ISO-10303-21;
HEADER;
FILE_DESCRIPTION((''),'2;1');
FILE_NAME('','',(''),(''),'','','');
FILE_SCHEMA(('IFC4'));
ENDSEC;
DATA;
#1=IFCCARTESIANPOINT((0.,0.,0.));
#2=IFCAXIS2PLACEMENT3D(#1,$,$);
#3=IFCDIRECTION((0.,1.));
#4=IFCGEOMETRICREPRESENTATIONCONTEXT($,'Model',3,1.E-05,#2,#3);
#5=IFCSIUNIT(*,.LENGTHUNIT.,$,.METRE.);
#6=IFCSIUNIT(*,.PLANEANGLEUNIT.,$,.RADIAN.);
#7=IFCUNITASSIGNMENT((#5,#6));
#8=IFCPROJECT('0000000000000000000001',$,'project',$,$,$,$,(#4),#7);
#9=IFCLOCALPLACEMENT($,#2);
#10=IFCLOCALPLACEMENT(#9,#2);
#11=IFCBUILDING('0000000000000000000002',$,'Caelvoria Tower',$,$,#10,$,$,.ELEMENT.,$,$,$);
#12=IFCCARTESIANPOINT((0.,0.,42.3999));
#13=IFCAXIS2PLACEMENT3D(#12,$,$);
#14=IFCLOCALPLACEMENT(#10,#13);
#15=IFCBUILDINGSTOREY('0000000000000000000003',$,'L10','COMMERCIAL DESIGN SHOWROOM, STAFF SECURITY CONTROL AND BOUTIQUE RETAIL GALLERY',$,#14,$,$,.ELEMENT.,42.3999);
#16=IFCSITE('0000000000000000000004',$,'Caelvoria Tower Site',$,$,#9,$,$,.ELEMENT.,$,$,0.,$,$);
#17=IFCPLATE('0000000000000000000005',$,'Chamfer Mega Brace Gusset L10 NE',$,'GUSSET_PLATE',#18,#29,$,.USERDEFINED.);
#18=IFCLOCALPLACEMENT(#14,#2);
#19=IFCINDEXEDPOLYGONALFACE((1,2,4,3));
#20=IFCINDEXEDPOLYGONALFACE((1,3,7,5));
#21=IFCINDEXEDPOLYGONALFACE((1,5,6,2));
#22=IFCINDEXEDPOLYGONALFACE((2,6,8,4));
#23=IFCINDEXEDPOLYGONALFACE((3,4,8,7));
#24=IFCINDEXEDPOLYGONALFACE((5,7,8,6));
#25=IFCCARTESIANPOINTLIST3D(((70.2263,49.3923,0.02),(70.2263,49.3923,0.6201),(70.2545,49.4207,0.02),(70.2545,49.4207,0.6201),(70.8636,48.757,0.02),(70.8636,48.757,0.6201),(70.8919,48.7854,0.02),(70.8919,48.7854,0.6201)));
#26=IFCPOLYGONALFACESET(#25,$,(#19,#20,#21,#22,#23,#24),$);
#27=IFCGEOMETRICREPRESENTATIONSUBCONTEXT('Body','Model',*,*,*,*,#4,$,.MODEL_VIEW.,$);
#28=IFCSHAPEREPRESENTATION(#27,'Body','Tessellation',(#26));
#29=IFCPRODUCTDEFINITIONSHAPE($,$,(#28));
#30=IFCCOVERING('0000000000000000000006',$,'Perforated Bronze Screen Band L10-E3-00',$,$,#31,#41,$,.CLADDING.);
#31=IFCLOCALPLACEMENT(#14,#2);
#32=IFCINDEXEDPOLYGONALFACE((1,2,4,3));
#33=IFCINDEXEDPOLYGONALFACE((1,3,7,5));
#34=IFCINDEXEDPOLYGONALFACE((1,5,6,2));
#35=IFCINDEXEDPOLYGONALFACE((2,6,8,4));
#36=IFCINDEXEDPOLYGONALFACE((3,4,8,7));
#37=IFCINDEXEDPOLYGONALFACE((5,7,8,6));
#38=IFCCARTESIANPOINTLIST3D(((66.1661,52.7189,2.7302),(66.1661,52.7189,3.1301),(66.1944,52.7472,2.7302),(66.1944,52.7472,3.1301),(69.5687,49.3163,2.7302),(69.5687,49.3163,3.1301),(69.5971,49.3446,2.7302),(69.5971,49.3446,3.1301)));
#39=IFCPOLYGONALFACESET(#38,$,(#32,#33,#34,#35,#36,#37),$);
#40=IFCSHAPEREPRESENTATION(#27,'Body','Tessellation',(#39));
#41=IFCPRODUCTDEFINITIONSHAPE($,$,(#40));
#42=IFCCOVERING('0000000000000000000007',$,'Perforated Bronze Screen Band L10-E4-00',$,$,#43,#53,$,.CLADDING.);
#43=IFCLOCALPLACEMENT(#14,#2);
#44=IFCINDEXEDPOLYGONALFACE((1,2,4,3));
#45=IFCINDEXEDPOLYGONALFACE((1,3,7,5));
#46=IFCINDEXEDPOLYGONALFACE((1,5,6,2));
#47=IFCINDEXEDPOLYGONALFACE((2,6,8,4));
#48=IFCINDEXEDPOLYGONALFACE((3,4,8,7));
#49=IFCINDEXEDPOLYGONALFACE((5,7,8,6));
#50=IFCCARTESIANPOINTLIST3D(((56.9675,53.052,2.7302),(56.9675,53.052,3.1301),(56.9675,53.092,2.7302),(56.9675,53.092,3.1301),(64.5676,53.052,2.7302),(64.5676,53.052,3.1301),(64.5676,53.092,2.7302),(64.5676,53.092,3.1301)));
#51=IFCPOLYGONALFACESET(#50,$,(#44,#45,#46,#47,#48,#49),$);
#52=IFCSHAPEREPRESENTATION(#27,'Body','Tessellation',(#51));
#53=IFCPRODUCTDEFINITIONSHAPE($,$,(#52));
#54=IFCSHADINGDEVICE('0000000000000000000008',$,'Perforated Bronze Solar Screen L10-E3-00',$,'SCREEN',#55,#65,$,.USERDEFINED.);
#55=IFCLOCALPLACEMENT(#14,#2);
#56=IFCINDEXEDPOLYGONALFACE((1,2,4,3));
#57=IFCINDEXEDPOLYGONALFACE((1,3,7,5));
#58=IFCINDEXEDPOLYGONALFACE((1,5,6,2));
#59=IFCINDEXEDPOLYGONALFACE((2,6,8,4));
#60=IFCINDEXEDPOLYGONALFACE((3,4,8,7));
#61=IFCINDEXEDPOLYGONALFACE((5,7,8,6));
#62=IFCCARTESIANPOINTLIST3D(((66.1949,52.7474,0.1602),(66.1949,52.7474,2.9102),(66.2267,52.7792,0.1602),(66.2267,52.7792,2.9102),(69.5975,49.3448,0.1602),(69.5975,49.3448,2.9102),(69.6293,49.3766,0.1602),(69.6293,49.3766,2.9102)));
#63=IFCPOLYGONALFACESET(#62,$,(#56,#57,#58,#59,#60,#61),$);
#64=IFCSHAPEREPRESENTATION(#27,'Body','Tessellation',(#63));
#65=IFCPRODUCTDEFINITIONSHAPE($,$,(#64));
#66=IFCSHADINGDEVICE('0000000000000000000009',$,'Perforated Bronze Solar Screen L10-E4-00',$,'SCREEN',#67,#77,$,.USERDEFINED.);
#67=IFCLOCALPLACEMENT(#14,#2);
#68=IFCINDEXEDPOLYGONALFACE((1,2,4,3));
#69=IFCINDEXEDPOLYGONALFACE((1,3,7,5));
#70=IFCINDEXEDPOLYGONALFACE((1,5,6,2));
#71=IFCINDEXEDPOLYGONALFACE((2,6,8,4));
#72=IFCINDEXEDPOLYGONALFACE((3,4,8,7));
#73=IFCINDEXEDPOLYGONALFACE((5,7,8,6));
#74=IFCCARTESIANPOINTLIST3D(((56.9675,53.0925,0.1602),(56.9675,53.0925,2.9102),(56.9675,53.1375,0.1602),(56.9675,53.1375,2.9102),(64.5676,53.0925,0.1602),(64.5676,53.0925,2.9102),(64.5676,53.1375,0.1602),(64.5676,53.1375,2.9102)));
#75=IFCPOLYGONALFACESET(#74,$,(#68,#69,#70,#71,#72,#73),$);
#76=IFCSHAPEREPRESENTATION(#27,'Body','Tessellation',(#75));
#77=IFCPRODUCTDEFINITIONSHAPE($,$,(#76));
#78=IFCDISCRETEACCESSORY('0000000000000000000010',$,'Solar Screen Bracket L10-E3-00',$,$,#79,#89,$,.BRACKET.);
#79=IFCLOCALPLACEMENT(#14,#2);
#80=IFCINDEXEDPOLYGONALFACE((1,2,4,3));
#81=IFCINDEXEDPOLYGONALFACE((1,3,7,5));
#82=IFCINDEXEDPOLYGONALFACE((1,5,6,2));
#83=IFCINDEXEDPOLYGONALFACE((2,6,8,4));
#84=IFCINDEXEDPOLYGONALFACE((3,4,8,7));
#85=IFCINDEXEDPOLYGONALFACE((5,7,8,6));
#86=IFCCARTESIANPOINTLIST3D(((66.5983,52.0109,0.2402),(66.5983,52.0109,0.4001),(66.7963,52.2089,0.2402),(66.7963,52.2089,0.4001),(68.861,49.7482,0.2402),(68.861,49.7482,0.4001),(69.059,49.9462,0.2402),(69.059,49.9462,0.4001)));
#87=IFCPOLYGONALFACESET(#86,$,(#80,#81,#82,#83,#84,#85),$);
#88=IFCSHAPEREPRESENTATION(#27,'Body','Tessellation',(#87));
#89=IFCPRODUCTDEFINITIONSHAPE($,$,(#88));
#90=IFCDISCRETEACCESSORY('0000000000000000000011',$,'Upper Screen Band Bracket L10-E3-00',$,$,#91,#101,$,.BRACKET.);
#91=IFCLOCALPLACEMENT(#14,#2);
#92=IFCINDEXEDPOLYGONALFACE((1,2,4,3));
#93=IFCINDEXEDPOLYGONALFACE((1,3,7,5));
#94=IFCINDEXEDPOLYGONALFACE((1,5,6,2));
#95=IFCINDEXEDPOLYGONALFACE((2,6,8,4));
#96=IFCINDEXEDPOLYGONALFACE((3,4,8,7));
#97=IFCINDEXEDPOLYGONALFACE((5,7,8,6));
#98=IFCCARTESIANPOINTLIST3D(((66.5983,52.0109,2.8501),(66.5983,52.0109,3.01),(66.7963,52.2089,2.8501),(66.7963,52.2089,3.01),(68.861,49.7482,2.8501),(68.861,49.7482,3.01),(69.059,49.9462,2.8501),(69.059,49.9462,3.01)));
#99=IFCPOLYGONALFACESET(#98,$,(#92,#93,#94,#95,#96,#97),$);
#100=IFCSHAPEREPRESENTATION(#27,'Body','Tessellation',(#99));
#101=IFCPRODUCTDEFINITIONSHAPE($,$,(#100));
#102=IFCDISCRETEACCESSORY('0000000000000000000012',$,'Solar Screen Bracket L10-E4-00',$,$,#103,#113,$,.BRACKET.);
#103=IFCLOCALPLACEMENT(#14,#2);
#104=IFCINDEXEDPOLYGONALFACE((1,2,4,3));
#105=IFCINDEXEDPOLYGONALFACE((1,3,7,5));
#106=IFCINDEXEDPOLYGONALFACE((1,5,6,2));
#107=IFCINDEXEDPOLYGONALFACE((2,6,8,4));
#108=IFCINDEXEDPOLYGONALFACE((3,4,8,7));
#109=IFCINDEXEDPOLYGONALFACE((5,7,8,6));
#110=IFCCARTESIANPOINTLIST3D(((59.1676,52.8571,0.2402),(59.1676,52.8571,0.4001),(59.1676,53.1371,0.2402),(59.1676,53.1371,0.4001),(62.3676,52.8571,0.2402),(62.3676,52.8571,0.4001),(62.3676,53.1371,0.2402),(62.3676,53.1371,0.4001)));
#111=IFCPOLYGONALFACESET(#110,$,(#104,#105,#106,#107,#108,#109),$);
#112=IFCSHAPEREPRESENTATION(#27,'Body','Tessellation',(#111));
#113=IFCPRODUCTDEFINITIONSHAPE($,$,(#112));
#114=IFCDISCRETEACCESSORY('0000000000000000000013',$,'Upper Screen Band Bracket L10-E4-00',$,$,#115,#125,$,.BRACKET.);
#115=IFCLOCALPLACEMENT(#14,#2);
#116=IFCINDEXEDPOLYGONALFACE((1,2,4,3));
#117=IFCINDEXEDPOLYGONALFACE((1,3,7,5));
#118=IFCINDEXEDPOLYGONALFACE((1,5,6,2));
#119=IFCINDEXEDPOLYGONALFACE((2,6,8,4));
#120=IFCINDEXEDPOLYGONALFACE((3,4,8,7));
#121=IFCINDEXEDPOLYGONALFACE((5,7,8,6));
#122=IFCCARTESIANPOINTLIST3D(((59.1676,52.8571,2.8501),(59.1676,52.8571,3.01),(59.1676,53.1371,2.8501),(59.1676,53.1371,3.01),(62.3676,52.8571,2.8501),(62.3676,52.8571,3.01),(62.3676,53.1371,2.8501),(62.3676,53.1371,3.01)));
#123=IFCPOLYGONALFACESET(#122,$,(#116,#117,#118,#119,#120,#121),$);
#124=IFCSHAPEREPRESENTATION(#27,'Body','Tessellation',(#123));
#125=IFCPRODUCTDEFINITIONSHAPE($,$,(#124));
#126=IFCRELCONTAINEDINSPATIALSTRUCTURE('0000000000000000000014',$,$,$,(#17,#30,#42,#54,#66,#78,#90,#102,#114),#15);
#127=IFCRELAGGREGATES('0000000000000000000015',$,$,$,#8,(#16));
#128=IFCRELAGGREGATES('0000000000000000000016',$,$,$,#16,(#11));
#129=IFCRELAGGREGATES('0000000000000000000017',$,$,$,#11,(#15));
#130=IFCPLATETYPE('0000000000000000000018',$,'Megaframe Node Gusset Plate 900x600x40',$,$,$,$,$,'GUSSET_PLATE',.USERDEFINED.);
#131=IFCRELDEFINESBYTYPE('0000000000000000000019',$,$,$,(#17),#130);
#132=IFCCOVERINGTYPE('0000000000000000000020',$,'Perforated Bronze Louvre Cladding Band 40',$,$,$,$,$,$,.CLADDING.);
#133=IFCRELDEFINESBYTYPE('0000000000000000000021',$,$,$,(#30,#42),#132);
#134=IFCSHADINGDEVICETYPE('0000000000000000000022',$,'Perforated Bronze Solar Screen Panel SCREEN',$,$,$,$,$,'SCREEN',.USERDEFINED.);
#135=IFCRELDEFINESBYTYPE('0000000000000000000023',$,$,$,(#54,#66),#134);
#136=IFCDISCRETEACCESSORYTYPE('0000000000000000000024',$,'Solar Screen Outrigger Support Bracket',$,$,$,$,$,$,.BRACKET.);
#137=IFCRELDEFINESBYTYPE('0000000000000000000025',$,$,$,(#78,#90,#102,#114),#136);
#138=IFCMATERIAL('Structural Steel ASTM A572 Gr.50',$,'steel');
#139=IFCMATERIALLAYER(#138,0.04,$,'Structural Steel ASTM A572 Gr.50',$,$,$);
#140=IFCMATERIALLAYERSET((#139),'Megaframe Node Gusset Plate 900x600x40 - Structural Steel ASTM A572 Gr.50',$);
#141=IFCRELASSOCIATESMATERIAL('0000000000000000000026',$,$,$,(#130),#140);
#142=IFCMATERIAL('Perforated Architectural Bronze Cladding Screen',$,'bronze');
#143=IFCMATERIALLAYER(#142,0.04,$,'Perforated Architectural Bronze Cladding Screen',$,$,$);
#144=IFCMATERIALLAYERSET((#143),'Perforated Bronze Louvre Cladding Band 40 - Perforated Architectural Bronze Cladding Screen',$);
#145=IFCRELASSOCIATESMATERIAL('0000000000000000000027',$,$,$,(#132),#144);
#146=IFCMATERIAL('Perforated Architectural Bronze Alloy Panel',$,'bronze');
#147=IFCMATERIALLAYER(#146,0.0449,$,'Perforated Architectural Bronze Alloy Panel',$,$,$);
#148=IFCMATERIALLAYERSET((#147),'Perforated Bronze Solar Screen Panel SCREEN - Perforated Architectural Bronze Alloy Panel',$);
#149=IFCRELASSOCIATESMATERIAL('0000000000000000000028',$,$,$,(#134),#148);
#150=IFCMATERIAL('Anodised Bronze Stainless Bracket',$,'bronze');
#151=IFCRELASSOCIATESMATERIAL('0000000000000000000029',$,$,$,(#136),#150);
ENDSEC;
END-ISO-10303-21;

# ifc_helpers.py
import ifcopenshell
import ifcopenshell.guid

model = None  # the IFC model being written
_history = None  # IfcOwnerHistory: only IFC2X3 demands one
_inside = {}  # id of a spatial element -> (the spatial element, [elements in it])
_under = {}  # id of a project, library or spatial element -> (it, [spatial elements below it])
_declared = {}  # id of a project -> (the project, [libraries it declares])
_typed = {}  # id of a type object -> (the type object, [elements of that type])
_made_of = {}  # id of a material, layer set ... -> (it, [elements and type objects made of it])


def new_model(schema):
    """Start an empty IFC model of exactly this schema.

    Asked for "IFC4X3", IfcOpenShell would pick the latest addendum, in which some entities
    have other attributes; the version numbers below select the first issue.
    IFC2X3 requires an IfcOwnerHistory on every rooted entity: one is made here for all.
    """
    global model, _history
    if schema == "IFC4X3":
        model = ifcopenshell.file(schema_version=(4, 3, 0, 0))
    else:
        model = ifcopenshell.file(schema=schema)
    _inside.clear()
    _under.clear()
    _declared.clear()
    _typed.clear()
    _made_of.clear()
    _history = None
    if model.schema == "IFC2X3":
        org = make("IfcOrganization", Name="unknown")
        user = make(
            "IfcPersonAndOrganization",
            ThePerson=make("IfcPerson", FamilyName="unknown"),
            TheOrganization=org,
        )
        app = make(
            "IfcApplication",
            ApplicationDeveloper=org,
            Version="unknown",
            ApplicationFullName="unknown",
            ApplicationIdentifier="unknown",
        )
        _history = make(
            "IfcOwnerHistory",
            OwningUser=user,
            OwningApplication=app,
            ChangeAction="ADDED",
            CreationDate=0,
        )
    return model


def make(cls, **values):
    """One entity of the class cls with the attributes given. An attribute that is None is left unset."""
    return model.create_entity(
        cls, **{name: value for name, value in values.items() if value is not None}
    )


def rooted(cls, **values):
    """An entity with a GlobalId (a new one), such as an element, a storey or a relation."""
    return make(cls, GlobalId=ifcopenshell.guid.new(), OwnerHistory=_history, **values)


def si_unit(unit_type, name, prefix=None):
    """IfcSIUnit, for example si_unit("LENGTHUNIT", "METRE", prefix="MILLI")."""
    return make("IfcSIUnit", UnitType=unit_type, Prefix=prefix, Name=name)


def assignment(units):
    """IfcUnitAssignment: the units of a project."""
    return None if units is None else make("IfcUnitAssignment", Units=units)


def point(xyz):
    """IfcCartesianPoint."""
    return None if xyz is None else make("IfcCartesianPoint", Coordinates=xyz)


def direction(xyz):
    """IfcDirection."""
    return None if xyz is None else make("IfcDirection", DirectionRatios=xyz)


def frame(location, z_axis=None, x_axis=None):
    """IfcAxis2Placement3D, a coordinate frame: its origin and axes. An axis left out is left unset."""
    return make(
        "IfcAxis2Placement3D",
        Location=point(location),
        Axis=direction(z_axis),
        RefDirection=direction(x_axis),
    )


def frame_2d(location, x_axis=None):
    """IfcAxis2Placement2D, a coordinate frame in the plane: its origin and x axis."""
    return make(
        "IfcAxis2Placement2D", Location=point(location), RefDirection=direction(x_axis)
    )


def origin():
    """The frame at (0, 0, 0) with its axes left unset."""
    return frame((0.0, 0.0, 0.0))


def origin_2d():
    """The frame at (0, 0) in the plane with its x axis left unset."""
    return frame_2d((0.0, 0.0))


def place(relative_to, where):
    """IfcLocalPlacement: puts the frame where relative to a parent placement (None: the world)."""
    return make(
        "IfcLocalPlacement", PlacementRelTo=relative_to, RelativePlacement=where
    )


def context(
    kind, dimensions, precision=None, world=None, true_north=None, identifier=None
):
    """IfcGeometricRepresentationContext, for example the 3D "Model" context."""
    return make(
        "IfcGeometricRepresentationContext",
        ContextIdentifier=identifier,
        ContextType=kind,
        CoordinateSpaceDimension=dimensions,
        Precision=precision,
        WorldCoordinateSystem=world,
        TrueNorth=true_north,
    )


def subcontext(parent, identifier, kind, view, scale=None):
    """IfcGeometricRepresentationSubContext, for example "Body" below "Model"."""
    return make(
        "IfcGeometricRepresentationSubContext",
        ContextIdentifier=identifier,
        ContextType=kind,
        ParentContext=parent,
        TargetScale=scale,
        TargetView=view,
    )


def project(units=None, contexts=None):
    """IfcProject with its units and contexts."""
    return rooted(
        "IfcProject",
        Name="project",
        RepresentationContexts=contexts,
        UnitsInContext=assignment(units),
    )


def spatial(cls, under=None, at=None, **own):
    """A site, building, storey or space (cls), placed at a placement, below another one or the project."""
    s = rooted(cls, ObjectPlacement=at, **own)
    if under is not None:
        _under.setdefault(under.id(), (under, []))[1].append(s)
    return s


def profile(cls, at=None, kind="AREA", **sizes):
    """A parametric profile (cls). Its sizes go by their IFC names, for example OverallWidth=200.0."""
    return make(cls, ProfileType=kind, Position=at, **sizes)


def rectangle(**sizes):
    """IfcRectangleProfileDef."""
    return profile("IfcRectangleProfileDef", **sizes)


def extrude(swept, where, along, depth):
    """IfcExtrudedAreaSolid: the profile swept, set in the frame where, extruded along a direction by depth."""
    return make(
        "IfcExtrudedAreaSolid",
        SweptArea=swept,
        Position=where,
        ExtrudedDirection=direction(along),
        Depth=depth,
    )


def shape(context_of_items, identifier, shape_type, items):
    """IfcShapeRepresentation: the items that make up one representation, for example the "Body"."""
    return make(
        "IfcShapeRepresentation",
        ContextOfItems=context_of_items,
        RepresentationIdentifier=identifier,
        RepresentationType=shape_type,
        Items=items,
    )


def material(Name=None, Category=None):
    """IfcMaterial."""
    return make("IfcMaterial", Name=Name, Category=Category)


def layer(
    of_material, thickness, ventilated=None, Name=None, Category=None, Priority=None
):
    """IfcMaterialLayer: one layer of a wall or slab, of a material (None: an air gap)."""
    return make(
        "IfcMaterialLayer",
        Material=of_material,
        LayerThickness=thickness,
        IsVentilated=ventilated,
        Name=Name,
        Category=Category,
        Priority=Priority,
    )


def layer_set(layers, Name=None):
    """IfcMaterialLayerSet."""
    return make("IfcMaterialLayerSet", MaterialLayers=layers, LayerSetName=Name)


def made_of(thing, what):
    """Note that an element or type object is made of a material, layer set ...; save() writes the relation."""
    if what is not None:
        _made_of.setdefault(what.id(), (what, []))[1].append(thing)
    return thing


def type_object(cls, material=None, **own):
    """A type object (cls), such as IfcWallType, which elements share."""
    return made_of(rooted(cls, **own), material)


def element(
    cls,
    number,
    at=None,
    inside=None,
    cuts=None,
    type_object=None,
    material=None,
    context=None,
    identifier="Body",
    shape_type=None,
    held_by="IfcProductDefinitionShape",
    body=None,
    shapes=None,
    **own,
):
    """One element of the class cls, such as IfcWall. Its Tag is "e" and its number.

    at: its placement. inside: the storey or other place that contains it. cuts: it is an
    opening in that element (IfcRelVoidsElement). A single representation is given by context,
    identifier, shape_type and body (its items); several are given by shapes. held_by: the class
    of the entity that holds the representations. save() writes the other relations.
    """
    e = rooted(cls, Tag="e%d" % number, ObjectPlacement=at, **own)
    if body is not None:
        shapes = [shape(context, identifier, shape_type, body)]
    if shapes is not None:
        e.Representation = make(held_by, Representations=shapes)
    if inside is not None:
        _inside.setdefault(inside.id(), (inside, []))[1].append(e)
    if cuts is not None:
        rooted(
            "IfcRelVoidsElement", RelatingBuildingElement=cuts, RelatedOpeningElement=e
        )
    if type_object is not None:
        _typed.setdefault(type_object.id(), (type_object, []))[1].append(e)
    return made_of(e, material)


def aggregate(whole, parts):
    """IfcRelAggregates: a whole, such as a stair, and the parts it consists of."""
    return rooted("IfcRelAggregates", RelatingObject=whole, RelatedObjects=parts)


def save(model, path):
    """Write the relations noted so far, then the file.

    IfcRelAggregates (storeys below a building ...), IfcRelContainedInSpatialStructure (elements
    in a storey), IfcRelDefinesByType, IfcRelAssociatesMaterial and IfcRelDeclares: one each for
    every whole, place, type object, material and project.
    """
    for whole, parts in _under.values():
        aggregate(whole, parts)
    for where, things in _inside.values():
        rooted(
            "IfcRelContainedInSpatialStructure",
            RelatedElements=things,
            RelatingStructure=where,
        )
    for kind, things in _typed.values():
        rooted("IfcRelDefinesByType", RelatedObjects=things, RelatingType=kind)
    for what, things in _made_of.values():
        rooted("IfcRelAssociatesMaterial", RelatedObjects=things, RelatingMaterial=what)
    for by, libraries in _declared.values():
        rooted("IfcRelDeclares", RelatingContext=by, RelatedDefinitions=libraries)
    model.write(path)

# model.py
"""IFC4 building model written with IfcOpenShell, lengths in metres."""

from ifc_helpers import new_model, si_unit, direction, frame, origin, origin_2d, place, context, subcontext, project, spatial, rectangle, extrude, material, layer, layer_set, type_object, element, save


model = new_model("IFC4")

# Units and contexts
model_context = context("Model", 3, precision=1e-05, world=origin(), true_north=direction((0.0, 1.0)))
body_context = subcontext(model_context, "Body", "Model", "MODEL_VIEW")
ifc_project = project(units=[si_unit("LENGTHUNIT", "METRE"), si_unit("PLANEANGLEUNIT", "RADIAN")], contexts=[model_context])

# Site, building, storey
site_placement = place(None, origin())
site = spatial("IfcSite", under=ifc_project, at=site_placement, Name="Caelvoria Tower Site", CompositionType="ELEMENT", RefElevation=0.0)
building_placement = place(site_placement, origin())
building = spatial("IfcBuilding", under=site, at=building_placement, Name="Caelvoria Tower", CompositionType="ELEMENT")
storey_placement = place(building_placement, frame((0.0, 0.0, 42.3999)))
storey = spatial("IfcBuildingStorey", under=building, at=storey_placement, Name="L10", Description="COMMERCIAL DESIGN SHOWROOM, STAFF SECURITY CONTROL AND BOUTIQUE RETAIL GALLERY", CompositionType="ELEMENT", Elevation=42.3999)

# Shared definitions
ifc_material_1 = material(Name="Structural Steel ASTM A572 Gr.50", Category="steel")

# Plate
ifc_layer_1 = layer(ifc_material_1, 0.04, Name="Structural Steel ASTM A572 Gr.50")
ifc_layer_set_1 = layer_set([ifc_layer_1], Name="Megaframe Node Gusset Plate 900x600x40 - Structural Steel ASTM A572 Gr.50")
plate_type = type_object("IfcPlateType", Name="Megaframe Node Gusset Plate 900x600x40", ElementType="GUSSET_PLATE", PredefinedType="USERDEFINED", material=ifc_layer_set_1)
plate_placement = place(storey_placement, frame((70.5591, 49.0889, 0.02), z_axis=(0.0, 0.0, 1.0), x_axis=(-0.70823, 0.705982, 0.0)))
element("IfcPlate", 1, at=plate_placement, inside=storey, type_object=plate_type, Name="Chamfer Mega Brace Gusset L10 NE", ObjectType="GUSSET_PLATE", PredefinedType="USERDEFINED", context=body_context, shape_type="SweptSolid", body=[
    extrude(rectangle(XDim=0.8999, YDim=0.04, at=origin_2d()), origin(), (0.0, 0.0, 1.0), 0.6001),
])

# Coverings
ifc_material_2 = material(Name="Perforated Architectural Bronze Cladding Screen", Category="bronze")
ifc_layer_2 = layer(ifc_material_2, 0.04, Name="Perforated Architectural Bronze Cladding Screen")
ifc_layer_set_2 = layer_set([ifc_layer_2], Name="Perforated Bronze Louvre Cladding Band 40 - Perforated Architectural Bronze Cladding Screen")
covering_type = type_object("IfcCoveringType", Name="Perforated Bronze Louvre Cladding Band 40", PredefinedType="CLADDING", material=ifc_layer_set_2)
covering_1_placement = place(storey_placement, frame((67.8816, 51.0317, 2.7302), z_axis=(0.0, 0.0, 1.0), x_axis=(-0.707107, 0.707107, 0.0)))
element("IfcCovering", 2, at=covering_1_placement, inside=storey, type_object=covering_type, Name="Perforated Bronze Screen Band L10-E3-00", PredefinedType="CLADDING", context=body_context, shape_type="SweptSolid", body=[
    extrude(rectangle(XDim=4.812, YDim=0.04, at=origin_2d()), origin(), (0.0, 0.0, 1.0), 0.3999),
])
covering_2_placement = place(storey_placement, frame((60.7676, 53.072, 2.7302), z_axis=(0.0, 0.0, 1.0), x_axis=(-1.0, 0.0, 0.0)))
element("IfcCovering", 3, at=covering_2_placement, inside=storey, type_object=covering_type, Name="Perforated Bronze Screen Band L10-E4-00", PredefinedType="CLADDING", context=body_context, shape_type="SweptSolid", body=[
    extrude(rectangle(XDim=7.6001, YDim=0.04, at=origin_2d()), origin(), (0.0, 0.0, 1.0), 0.3999),
])

# Shading devices
ifc_material_3 = material(Name="Perforated Architectural Bronze Alloy Panel", Category="bronze")
ifc_layer_3 = layer(ifc_material_3, 0.0449, Name="Perforated Architectural Bronze Alloy Panel")
ifc_layer_set_3 = layer_set([ifc_layer_3], Name="Perforated Bronze Solar Screen Panel SCREEN - Perforated Architectural Bronze Alloy Panel")
shading_device_type = type_object("IfcShadingDeviceType", Name="Perforated Bronze Solar Screen Panel SCREEN", ElementType="SCREEN", PredefinedType="USERDEFINED", material=ifc_layer_set_3)
shading_device_1_placement = place(storey_placement, frame((67.9121, 51.062, 0.1602), z_axis=(0.0, 0.0, 1.0), x_axis=(-0.707107, 0.707107, 0.0)))
element("IfcShadingDevice", 4, at=shading_device_1_placement, inside=storey, type_object=shading_device_type, Name="Perforated Bronze Solar Screen L10-E3-00", ObjectType="SCREEN", PredefinedType="USERDEFINED", context=body_context, shape_type="SweptSolid", body=[
    extrude(rectangle(XDim=4.812, YDim=0.0449, at=origin_2d()), origin(), (0.0, 0.0, 1.0), 2.75),
])
shading_device_2_placement = place(storey_placement, frame((60.7676, 53.115, 0.1602), z_axis=(0.0, 0.0, 1.0), x_axis=(-1.0, 0.0, 0.0)))
element("IfcShadingDevice", 5, at=shading_device_2_placement, inside=storey, type_object=shading_device_type, Name="Perforated Bronze Solar Screen L10-E4-00", ObjectType="SCREEN", PredefinedType="USERDEFINED", context=body_context, shape_type="SweptSolid", body=[
    extrude(rectangle(XDim=7.6001, YDim=0.0449, at=origin_2d()), origin(), (0.0, 0.0, 1.0), 2.75),
])

# Discrete accessories
ifc_material_4 = material(Name="Anodised Bronze Stainless Bracket", Category="bronze")
discrete_accessory_type = type_object("IfcDiscreteAccessoryType", Name="Solar Screen Outrigger Support Bracket", PredefinedType="BRACKET", material=ifc_material_4)
for number, where, z_axis, x_axis, name in (
    (6, (67.8286, 50.9785, 0.2402), (0.0, 0.0, 1.0), (-0.707107, 0.707107, 0.0), "Solar Screen Bracket L10-E3-00"),
    (7, (67.8286, 50.9785, 2.8501), (0.0, 0.0, 1.0), (-0.707107, 0.707107, 0.0), "Upper Screen Band Bracket L10-E3-00"),
    (8, (60.7676, 52.9971, 0.2402), (0.0, 0.0, 1.0), (-1.0, 0.0, 0.0), "Solar Screen Bracket L10-E4-00"),
    (9, (60.7676, 52.9971, 2.8501), (0.0, 0.0, 1.0), (-1.0, 0.0, 0.0), "Upper Screen Band Bracket L10-E4-00"),
):
    element("IfcDiscreteAccessory", number, at=place(storey_placement, frame(where, z_axis=z_axis, x_axis=x_axis)), inside=storey, type_object=discrete_accessory_type, Name=name, PredefinedType="BRACKET", context=body_context, shape_type="SweptSolid", body=[
        extrude(rectangle(XDim=3.2, YDim=0.28, at=origin_2d()), origin(), (0.0, 0.0, 1.0), 0.1599),
    ])

save(model, "model.ifc")
